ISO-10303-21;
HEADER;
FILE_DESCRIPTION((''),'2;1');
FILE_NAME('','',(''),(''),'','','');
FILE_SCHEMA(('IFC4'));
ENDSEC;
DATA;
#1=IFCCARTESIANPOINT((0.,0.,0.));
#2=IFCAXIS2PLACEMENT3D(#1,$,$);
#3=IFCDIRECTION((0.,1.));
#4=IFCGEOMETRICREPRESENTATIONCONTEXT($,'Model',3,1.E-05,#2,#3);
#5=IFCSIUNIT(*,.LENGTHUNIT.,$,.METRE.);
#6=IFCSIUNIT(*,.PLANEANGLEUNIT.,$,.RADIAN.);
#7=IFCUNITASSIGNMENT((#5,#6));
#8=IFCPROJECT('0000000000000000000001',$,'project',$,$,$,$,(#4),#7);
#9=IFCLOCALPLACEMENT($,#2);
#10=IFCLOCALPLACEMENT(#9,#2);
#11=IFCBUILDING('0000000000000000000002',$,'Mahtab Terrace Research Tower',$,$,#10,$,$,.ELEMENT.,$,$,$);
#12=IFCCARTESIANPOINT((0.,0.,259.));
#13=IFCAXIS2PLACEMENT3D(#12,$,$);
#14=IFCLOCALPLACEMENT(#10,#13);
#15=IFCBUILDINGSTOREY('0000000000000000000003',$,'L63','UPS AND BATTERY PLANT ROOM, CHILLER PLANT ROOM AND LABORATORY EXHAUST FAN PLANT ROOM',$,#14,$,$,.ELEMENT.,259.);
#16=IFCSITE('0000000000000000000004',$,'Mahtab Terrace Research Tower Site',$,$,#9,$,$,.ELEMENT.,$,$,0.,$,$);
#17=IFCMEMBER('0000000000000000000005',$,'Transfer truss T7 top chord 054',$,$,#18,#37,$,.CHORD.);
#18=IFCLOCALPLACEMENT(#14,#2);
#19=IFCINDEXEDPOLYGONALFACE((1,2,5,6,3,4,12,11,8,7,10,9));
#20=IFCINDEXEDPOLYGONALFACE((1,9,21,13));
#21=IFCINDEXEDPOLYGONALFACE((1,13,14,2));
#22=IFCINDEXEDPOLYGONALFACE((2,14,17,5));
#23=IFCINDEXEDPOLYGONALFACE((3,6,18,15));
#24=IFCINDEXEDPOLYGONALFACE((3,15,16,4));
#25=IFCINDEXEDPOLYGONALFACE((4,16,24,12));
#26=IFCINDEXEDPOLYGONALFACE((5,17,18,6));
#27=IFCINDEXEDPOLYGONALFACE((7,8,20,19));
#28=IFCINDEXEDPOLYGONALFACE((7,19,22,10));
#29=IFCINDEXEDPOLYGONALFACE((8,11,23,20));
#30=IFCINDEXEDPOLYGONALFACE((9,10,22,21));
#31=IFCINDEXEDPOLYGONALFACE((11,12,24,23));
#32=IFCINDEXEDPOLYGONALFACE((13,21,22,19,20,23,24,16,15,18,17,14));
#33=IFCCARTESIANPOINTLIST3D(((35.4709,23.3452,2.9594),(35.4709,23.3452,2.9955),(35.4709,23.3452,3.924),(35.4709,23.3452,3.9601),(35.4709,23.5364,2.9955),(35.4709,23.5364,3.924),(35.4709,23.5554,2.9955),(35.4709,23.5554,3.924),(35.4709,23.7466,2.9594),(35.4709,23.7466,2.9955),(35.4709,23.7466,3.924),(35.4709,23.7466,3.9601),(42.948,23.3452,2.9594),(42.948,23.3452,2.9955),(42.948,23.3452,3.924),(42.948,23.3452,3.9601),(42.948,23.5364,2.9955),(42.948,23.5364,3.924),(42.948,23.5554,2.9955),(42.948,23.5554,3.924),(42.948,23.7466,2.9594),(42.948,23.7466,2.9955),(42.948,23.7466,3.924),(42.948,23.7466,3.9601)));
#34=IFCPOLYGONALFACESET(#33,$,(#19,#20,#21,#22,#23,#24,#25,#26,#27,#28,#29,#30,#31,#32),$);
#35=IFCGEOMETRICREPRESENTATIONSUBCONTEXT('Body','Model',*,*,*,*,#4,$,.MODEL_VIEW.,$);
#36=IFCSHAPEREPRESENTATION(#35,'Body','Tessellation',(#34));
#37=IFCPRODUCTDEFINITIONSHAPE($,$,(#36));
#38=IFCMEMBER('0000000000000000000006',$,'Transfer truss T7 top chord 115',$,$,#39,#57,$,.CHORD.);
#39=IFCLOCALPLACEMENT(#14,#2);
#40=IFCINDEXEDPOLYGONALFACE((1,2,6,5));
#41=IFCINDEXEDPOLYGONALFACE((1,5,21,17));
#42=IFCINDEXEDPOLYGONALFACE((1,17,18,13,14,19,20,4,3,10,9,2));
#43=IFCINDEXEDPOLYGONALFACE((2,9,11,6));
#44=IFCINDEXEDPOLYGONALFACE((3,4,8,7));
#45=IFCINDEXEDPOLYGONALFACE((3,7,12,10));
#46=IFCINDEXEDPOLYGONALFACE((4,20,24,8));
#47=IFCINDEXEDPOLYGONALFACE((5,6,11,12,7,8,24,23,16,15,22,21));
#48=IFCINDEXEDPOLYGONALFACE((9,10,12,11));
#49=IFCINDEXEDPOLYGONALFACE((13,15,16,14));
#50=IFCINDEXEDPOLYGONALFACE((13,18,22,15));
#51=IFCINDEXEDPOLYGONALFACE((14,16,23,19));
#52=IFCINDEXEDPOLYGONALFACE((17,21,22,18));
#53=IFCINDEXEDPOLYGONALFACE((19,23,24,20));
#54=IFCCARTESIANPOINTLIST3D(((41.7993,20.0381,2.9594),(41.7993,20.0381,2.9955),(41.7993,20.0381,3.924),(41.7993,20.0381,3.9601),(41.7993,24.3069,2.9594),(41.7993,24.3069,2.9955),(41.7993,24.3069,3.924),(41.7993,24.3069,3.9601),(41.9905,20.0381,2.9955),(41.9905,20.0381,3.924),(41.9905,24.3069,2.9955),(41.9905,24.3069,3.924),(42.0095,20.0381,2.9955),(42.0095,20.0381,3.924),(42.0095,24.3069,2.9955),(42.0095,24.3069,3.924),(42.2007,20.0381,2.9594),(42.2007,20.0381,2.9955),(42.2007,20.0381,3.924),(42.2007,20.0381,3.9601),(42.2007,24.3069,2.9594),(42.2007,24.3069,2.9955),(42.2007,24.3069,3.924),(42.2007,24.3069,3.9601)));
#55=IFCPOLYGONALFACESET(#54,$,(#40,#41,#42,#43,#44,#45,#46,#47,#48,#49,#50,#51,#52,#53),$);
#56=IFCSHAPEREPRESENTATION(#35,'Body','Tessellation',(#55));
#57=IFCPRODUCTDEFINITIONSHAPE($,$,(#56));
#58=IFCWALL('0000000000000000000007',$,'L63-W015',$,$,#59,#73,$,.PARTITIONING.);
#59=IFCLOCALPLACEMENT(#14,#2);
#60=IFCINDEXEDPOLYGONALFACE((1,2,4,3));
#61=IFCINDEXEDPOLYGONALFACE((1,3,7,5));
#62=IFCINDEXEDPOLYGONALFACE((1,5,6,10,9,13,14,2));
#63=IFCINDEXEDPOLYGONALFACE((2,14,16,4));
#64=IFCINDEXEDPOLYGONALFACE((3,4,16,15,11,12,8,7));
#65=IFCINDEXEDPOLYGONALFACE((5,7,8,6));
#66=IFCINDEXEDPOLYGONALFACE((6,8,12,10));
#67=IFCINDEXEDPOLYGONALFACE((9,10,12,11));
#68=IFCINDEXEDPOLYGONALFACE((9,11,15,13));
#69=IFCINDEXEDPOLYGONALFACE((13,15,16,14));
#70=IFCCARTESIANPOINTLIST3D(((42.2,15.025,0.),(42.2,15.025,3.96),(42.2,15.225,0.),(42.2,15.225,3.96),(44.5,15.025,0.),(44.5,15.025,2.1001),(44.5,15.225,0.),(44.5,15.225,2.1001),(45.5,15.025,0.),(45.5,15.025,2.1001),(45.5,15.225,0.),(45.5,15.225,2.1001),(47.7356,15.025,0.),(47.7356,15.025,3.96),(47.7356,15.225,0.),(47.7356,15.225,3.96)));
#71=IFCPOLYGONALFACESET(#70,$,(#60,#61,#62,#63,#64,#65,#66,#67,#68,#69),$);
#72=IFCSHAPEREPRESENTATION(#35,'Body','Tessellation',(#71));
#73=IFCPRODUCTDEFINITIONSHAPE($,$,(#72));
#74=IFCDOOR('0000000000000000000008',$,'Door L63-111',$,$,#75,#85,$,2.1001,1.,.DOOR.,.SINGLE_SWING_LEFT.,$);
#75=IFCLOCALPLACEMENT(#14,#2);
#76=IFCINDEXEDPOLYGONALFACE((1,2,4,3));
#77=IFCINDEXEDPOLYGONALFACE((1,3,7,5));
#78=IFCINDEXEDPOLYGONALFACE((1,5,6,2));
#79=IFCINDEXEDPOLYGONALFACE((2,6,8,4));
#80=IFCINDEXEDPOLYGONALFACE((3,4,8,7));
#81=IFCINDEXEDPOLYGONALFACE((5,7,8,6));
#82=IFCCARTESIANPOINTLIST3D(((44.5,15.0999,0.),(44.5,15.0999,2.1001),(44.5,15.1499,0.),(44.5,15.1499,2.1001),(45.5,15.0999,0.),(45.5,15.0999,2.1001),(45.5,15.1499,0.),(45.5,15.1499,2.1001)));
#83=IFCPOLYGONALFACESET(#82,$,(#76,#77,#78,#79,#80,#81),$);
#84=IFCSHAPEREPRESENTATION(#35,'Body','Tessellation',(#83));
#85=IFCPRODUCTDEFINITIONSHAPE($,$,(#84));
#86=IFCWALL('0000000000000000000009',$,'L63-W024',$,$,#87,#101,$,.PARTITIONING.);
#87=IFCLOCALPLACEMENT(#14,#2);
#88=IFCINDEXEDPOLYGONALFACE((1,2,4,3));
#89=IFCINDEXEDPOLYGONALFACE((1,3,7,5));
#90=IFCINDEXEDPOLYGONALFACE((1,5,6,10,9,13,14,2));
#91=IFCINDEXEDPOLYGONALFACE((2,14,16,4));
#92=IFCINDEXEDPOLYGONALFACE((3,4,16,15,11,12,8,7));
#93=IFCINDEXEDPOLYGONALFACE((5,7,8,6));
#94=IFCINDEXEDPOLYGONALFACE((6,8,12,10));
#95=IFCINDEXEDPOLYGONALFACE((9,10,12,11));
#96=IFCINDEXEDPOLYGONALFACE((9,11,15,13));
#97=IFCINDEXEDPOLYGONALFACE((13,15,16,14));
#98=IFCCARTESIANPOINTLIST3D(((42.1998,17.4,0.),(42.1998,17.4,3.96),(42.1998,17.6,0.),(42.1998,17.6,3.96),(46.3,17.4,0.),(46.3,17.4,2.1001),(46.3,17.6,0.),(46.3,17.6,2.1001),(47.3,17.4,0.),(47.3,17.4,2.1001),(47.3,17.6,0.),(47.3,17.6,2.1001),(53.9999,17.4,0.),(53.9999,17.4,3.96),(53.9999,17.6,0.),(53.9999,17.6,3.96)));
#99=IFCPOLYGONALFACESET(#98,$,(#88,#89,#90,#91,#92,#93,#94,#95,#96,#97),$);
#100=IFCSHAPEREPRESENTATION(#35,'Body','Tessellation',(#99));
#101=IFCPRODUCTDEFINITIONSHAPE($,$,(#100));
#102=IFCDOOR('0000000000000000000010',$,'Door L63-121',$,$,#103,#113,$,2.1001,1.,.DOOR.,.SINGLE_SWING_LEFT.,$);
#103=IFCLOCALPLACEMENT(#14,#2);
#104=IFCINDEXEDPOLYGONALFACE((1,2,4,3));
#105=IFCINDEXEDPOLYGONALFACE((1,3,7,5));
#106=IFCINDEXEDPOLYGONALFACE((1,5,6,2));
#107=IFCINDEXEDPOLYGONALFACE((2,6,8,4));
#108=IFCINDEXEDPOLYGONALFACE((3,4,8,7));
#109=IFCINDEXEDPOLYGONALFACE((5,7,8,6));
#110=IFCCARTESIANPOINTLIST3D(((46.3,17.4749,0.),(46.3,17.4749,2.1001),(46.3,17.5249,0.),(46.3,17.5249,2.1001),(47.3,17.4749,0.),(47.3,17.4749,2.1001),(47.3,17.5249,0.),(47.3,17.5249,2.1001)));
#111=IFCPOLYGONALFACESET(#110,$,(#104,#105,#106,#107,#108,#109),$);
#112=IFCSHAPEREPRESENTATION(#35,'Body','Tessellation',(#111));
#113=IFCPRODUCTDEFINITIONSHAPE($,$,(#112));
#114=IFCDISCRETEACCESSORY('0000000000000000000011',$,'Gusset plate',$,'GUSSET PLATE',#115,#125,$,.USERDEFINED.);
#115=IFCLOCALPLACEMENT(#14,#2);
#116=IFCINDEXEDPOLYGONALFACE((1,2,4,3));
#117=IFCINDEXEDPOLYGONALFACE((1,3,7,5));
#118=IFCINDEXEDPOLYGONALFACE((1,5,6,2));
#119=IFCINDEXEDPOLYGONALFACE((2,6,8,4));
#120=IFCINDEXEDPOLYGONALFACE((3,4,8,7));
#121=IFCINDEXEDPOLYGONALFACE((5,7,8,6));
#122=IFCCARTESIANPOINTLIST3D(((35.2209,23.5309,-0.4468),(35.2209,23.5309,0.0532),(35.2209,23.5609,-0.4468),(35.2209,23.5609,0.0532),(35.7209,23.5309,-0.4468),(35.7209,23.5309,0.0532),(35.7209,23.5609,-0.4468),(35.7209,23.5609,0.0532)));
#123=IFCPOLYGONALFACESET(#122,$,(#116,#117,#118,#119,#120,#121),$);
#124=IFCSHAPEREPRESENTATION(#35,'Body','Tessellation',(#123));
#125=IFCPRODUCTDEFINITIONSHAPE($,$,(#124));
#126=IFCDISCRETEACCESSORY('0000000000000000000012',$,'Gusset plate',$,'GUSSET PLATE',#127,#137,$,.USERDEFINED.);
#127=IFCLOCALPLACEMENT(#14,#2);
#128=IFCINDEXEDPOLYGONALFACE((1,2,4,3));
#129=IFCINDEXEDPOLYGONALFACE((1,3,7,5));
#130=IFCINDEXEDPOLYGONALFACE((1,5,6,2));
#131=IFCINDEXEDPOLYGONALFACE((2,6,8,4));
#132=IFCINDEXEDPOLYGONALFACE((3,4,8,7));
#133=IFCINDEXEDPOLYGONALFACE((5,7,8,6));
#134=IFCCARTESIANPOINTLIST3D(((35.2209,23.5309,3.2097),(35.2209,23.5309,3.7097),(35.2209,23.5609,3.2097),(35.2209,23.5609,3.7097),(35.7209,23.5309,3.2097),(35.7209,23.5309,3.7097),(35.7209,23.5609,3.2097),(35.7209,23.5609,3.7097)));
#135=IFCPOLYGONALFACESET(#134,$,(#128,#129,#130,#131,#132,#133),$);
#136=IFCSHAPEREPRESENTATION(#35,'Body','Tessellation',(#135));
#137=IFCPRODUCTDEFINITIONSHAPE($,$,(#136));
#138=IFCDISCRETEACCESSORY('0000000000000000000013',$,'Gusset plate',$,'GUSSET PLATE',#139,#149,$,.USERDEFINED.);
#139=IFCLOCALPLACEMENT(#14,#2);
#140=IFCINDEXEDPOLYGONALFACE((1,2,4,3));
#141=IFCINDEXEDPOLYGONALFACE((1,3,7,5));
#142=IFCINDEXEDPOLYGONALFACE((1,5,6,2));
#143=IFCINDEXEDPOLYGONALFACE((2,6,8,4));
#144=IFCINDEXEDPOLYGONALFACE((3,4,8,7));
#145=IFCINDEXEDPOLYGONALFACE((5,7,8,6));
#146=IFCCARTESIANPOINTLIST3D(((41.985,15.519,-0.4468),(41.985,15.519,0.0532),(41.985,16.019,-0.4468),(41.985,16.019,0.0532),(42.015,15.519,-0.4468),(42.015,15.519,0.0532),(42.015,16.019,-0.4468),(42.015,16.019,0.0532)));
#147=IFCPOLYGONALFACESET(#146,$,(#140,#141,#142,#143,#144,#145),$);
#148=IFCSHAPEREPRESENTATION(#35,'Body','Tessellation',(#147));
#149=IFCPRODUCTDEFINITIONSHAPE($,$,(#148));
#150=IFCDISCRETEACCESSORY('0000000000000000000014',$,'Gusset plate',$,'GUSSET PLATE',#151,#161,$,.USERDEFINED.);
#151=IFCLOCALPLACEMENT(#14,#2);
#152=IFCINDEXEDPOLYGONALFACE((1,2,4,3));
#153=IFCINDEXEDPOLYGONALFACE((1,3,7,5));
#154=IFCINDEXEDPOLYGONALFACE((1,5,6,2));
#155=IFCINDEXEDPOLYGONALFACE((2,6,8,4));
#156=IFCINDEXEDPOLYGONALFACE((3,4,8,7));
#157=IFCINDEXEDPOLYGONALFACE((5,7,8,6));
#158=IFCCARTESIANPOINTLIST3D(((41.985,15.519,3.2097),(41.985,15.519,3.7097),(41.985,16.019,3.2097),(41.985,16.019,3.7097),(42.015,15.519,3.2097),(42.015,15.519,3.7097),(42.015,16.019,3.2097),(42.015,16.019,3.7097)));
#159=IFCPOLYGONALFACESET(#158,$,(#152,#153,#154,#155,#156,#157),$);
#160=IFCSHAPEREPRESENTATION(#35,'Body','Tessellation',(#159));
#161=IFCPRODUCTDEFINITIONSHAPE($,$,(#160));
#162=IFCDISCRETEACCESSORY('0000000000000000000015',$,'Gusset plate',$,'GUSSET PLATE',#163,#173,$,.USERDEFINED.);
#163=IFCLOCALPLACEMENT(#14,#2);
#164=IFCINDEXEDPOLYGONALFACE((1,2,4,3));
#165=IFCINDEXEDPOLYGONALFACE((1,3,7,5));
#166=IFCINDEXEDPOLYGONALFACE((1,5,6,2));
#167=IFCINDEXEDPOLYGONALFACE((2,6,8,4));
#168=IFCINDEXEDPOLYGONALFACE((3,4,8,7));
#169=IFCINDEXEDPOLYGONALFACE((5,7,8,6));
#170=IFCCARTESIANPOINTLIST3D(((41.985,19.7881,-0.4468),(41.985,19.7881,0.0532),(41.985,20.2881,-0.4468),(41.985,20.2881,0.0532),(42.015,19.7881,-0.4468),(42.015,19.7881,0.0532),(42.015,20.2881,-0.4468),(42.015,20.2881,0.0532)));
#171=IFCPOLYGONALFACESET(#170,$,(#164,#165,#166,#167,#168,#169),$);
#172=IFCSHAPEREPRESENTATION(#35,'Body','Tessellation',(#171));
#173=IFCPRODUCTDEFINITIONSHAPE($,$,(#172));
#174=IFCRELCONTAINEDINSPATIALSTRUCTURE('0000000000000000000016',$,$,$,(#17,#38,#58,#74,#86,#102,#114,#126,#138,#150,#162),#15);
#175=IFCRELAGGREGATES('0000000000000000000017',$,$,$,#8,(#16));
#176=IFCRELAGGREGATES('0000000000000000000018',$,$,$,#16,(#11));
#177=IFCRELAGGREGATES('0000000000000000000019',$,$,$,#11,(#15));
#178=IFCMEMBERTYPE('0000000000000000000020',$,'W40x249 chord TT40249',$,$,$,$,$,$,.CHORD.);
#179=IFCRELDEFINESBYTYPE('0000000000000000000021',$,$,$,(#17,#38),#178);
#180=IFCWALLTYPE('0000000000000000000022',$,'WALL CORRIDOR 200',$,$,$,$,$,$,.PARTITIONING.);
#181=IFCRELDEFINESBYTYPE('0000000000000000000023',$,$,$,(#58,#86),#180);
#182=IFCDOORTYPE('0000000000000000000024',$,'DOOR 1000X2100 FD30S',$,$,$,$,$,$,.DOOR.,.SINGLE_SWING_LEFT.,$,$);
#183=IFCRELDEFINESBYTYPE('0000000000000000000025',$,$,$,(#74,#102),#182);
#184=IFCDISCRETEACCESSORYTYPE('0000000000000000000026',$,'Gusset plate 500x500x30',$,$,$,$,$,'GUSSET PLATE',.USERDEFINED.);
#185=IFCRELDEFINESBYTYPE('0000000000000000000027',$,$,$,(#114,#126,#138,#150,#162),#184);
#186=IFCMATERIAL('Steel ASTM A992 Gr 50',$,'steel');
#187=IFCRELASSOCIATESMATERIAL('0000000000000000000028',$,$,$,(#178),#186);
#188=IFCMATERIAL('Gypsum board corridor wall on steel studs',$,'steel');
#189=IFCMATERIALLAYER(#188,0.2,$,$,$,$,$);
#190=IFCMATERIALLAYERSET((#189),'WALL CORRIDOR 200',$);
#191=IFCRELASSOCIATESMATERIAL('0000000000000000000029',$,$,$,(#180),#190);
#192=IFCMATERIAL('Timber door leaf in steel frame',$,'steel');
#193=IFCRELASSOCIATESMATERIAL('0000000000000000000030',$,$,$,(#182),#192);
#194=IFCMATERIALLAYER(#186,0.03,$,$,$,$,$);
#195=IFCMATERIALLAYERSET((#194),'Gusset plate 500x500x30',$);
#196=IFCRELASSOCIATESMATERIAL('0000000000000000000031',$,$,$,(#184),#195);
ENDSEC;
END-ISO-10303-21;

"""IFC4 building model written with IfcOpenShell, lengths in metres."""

from ifc_helpers import new_model, si_unit, direction, frame, frame_2d, origin, origin_2d, place, context, subcontext, project, spatial, rectangle, i_section, extrude, material, layer, layer_set, material_profile, profile_set, type_object, element, fill, save


model = new_model("IFC4")

# Units and contexts
model_context = context("Model", 3, precision=1e-05, world=origin(), true_north=direction((0.0, 1.0)))
body_context = subcontext(model_context, "Body", "Model", "MODEL_VIEW")
ifc_project = project(units=[si_unit("LENGTHUNIT", "METRE"), si_unit("PLANEANGLEUNIT", "RADIAN")], contexts=[model_context])

# Site, building, storey
site_placement = place(None, origin())
site = spatial("IfcSite", under=ifc_project, at=site_placement, Name="Mahtab Terrace Research Tower Site", CompositionType="ELEMENT", RefElevation=0.0)
building_placement = place(site_placement, origin())
building = spatial("IfcBuilding", under=site, at=building_placement, Name="Mahtab Terrace Research Tower", CompositionType="ELEMENT")
storey_placement = place(building_placement, frame((0.0, 0.0, 259.0)))
storey = spatial("IfcBuildingStorey", under=building, at=storey_placement, Name="L63", Description="UPS AND BATTERY PLANT ROOM, CHILLER PLANT ROOM AND LABORATORY EXHAUST FAN PLANT ROOM", CompositionType="ELEMENT", Elevation=259.0)

# Members
ifc_material_1 = material(Name="Steel ASTM A992 Gr 50", Category="steel")
ifc_material_profile_1 = material_profile(ifc_material_1, i_section(OverallWidth=0.4014, OverallDepth=1.0007, WebThickness=0.019, FlangeThickness=0.0361, at=origin_2d()), Name="W40X249")
ifc_profile_set_1 = profile_set([ifc_material_profile_1], Name="Steel ASTM A992 Gr 50")
member_type_1 = type_object("IfcMemberType", Name="W40x249 chord TT40249", PredefinedType="CHORD", material=ifc_profile_set_1)
member_1_placement = place(storey_placement, frame((35.4709, 23.5459, 3.4597), z_axis=(1.0, 0.0, 0.0), x_axis=(0.0, 1.0, 0.0)))
element("IfcMember", 1, at=member_1_placement, inside=storey, type_object=member_type_1, Name="Transfer truss T7 top chord 054", PredefinedType="CHORD", context=body_context, shape_type="SweptSolid", body=[
    extrude(i_section(OverallWidth=0.4014, OverallDepth=1.0007, WebThickness=0.019, FlangeThickness=0.0361, at=origin_2d()), origin(), (0.0, 0.0, 1.0), 7.4771),
])
member_2_placement = place(storey_placement, frame((42.0, 20.0381, 3.4597), z_axis=(0.0, 1.0, 0.0), x_axis=(-1.0, 0.0, 0.0)))
element("IfcMember", 2, at=member_2_placement, inside=storey, type_object=member_type_1, Name="Transfer truss T7 top chord 115", PredefinedType="CHORD", context=body_context, shape_type="SweptSolid", body=[
    extrude(i_section(OverallWidth=0.4014, OverallDepth=1.0007, WebThickness=0.019, FlangeThickness=0.0361, at=origin_2d()), origin(), (0.0, 0.0, 1.0), 4.2688),
])

# Walls, openings, doors
ifc_material_2 = material(Name="Gypsum board corridor wall on steel studs", Category="steel")
ifc_layer_1 = layer(ifc_material_2, 0.2)
ifc_layer_set_1 = layer_set([ifc_layer_1], Name="WALL CORRIDOR 200")
wall_type = type_object("IfcWallType", Name="WALL CORRIDOR 200", PredefinedType="PARTITIONING", material=ifc_layer_set_1)
wall_1_placement = place(storey_placement, frame((42.2, 15.125, 0.0), z_axis=(0.0, 0.0, 1.0), x_axis=(1.0, 0.0, 0.0)))
wall_1 = element("IfcWall", 3, at=wall_1_placement, inside=storey, type_object=wall_type, Name="L63-W015", PredefinedType="PARTITIONING", context=body_context, shape_type="SweptSolid", body=[
    extrude(rectangle(XDim=5.5356, YDim=0.2, at=frame_2d((2.7678, 0.0))), origin(), (0.0, 0.0, 1.0), 3.96),
])
opening_1_placement = place(wall_1_placement, frame((2.3, 0.0, 0.0)))
opening_1 = element("IfcOpeningElement", 4, at=opening_1_placement, cuts=wall_1, PredefinedType="OPENING", context=body_context, shape_type="SweptSolid", body=[
    extrude(rectangle(XDim=1.0, YDim=2.1001, at=frame_2d((0.5, 1.05))), frame((0.0, 0.1099, 0.0), z_axis=(0.0, -1.0, 0.0), x_axis=(1.0, 0.0, 0.0)), (0.0, 0.0, 1.0), 0.22),
])
ifc_material_3 = material(Name="Timber door leaf in steel frame", Category="steel")
door_type = type_object("IfcDoorType", Name="DOOR 1000X2100 FD30S", OperationType="SINGLE_SWING_LEFT", PredefinedType="DOOR", material=ifc_material_3)
door_1_placement = place(opening_1_placement, origin())
door_1 = element("IfcDoor", 5, at=door_1_placement, inside=storey, type_object=door_type, Name="Door L63-111", OperationType="SINGLE_SWING_LEFT", OverallHeight=2.1001, OverallWidth=1.0, PredefinedType="DOOR", context=body_context, shape_type="SweptSolid", body=[
    extrude(rectangle(XDim=1.0, YDim=2.1001, at=frame_2d((0.5, 1.05))), frame((0.0, 0.0249, 0.0), z_axis=(0.0, -1.0, 0.0), x_axis=(1.0, 0.0, 0.0)), (0.0, 0.0, 1.0), 0.05),
])
fill(opening_1, door_1)
wall_2_placement = place(storey_placement, frame((42.2, 17.5, 0.0), z_axis=(0.0, 0.0, 1.0), x_axis=(1.0, 0.0, 0.0)))
wall_2 = element("IfcWall", 6, at=wall_2_placement, inside=storey, type_object=wall_type, Name="L63-W024", PredefinedType="PARTITIONING", context=body_context, shape_type="SweptSolid", body=[
    extrude(rectangle(XDim=11.8, YDim=0.2, at=frame_2d((5.8999, 0.0))), origin(), (0.0, 0.0, 1.0), 3.96),
])
opening_2_placement = place(wall_2_placement, frame((4.1001, 0.0, 0.0)))
opening_2 = element("IfcOpeningElement", 7, at=opening_2_placement, cuts=wall_2, PredefinedType="OPENING", context=body_context, shape_type="SweptSolid", body=[
    extrude(rectangle(XDim=1.0, YDim=2.1001, at=frame_2d((0.5, 1.05))), frame((0.0, 0.1099, 0.0), z_axis=(0.0, -1.0, 0.0), x_axis=(1.0, 0.0, 0.0)), (0.0, 0.0, 1.0), 0.22),
])
door_2_placement = place(opening_2_placement, origin())
door_2 = element("IfcDoor", 8, at=door_2_placement, inside=storey, type_object=door_type, Name="Door L63-121", OperationType="SINGLE_SWING_LEFT", OverallHeight=2.1001, OverallWidth=1.0, PredefinedType="DOOR", context=body_context, shape_type="SweptSolid", body=[
    extrude(rectangle(XDim=1.0, YDim=2.1001, at=frame_2d((0.5, 1.05))), frame((0.0, 0.0249, 0.0), z_axis=(0.0, -1.0, 0.0), x_axis=(1.0, 0.0, 0.0)), (0.0, 0.0, 1.0), 0.05),
])
fill(opening_2, door_2)

# Discrete accessories
ifc_layer_2 = layer(ifc_material_1, 0.03)
ifc_layer_set_2 = layer_set([ifc_layer_2], Name="Gusset plate 500x500x30")
discrete_accessory_type = type_object("IfcDiscreteAccessoryType", Name="Gusset plate 500x500x30", ElementType="GUSSET PLATE", PredefinedType="USERDEFINED", material=ifc_layer_set_2)
for number, where, z_axis, x_axis, name in (
    (9, (35.4709, 23.5459, -0.4468), (0.0, 0.0, 1.0), (1.0, 0.0, 0.0), "Gusset plate"),
    (10, (35.4709, 23.5459, 3.2097), (0.0, 0.0, 1.0), (1.0, 0.0, 0.0), "Gusset plate"),
    (11, (42.0, 15.769, -0.4468), (0.0, 0.0, 1.0), (0.0, 1.0, 0.0), "Gusset plate"),
    (12, (42.0, 15.769, 3.2097), (0.0, 0.0, 1.0), (0.0, 1.0, 0.0), "Gusset plate"),
    (13, (42.0, 20.0381, -0.4468), (0.0, 0.0, 1.0), (0.0, 1.0, 0.0), "Gusset plate"),
):
    element("IfcDiscreteAccessory", number, at=place(storey_placement, frame(where, z_axis=z_axis, x_axis=x_axis)), inside=storey, type_object=discrete_accessory_type, Name=name, ObjectType="GUSSET PLATE", PredefinedType="USERDEFINED", context=body_context, shape_type="SweptSolid", body=[
        extrude(rectangle(XDim=0.5, YDim=0.03, at=origin_2d()), origin(), (0.0, 0.0, 1.0), 0.5),
    ])

save(model, "model.ifc")
